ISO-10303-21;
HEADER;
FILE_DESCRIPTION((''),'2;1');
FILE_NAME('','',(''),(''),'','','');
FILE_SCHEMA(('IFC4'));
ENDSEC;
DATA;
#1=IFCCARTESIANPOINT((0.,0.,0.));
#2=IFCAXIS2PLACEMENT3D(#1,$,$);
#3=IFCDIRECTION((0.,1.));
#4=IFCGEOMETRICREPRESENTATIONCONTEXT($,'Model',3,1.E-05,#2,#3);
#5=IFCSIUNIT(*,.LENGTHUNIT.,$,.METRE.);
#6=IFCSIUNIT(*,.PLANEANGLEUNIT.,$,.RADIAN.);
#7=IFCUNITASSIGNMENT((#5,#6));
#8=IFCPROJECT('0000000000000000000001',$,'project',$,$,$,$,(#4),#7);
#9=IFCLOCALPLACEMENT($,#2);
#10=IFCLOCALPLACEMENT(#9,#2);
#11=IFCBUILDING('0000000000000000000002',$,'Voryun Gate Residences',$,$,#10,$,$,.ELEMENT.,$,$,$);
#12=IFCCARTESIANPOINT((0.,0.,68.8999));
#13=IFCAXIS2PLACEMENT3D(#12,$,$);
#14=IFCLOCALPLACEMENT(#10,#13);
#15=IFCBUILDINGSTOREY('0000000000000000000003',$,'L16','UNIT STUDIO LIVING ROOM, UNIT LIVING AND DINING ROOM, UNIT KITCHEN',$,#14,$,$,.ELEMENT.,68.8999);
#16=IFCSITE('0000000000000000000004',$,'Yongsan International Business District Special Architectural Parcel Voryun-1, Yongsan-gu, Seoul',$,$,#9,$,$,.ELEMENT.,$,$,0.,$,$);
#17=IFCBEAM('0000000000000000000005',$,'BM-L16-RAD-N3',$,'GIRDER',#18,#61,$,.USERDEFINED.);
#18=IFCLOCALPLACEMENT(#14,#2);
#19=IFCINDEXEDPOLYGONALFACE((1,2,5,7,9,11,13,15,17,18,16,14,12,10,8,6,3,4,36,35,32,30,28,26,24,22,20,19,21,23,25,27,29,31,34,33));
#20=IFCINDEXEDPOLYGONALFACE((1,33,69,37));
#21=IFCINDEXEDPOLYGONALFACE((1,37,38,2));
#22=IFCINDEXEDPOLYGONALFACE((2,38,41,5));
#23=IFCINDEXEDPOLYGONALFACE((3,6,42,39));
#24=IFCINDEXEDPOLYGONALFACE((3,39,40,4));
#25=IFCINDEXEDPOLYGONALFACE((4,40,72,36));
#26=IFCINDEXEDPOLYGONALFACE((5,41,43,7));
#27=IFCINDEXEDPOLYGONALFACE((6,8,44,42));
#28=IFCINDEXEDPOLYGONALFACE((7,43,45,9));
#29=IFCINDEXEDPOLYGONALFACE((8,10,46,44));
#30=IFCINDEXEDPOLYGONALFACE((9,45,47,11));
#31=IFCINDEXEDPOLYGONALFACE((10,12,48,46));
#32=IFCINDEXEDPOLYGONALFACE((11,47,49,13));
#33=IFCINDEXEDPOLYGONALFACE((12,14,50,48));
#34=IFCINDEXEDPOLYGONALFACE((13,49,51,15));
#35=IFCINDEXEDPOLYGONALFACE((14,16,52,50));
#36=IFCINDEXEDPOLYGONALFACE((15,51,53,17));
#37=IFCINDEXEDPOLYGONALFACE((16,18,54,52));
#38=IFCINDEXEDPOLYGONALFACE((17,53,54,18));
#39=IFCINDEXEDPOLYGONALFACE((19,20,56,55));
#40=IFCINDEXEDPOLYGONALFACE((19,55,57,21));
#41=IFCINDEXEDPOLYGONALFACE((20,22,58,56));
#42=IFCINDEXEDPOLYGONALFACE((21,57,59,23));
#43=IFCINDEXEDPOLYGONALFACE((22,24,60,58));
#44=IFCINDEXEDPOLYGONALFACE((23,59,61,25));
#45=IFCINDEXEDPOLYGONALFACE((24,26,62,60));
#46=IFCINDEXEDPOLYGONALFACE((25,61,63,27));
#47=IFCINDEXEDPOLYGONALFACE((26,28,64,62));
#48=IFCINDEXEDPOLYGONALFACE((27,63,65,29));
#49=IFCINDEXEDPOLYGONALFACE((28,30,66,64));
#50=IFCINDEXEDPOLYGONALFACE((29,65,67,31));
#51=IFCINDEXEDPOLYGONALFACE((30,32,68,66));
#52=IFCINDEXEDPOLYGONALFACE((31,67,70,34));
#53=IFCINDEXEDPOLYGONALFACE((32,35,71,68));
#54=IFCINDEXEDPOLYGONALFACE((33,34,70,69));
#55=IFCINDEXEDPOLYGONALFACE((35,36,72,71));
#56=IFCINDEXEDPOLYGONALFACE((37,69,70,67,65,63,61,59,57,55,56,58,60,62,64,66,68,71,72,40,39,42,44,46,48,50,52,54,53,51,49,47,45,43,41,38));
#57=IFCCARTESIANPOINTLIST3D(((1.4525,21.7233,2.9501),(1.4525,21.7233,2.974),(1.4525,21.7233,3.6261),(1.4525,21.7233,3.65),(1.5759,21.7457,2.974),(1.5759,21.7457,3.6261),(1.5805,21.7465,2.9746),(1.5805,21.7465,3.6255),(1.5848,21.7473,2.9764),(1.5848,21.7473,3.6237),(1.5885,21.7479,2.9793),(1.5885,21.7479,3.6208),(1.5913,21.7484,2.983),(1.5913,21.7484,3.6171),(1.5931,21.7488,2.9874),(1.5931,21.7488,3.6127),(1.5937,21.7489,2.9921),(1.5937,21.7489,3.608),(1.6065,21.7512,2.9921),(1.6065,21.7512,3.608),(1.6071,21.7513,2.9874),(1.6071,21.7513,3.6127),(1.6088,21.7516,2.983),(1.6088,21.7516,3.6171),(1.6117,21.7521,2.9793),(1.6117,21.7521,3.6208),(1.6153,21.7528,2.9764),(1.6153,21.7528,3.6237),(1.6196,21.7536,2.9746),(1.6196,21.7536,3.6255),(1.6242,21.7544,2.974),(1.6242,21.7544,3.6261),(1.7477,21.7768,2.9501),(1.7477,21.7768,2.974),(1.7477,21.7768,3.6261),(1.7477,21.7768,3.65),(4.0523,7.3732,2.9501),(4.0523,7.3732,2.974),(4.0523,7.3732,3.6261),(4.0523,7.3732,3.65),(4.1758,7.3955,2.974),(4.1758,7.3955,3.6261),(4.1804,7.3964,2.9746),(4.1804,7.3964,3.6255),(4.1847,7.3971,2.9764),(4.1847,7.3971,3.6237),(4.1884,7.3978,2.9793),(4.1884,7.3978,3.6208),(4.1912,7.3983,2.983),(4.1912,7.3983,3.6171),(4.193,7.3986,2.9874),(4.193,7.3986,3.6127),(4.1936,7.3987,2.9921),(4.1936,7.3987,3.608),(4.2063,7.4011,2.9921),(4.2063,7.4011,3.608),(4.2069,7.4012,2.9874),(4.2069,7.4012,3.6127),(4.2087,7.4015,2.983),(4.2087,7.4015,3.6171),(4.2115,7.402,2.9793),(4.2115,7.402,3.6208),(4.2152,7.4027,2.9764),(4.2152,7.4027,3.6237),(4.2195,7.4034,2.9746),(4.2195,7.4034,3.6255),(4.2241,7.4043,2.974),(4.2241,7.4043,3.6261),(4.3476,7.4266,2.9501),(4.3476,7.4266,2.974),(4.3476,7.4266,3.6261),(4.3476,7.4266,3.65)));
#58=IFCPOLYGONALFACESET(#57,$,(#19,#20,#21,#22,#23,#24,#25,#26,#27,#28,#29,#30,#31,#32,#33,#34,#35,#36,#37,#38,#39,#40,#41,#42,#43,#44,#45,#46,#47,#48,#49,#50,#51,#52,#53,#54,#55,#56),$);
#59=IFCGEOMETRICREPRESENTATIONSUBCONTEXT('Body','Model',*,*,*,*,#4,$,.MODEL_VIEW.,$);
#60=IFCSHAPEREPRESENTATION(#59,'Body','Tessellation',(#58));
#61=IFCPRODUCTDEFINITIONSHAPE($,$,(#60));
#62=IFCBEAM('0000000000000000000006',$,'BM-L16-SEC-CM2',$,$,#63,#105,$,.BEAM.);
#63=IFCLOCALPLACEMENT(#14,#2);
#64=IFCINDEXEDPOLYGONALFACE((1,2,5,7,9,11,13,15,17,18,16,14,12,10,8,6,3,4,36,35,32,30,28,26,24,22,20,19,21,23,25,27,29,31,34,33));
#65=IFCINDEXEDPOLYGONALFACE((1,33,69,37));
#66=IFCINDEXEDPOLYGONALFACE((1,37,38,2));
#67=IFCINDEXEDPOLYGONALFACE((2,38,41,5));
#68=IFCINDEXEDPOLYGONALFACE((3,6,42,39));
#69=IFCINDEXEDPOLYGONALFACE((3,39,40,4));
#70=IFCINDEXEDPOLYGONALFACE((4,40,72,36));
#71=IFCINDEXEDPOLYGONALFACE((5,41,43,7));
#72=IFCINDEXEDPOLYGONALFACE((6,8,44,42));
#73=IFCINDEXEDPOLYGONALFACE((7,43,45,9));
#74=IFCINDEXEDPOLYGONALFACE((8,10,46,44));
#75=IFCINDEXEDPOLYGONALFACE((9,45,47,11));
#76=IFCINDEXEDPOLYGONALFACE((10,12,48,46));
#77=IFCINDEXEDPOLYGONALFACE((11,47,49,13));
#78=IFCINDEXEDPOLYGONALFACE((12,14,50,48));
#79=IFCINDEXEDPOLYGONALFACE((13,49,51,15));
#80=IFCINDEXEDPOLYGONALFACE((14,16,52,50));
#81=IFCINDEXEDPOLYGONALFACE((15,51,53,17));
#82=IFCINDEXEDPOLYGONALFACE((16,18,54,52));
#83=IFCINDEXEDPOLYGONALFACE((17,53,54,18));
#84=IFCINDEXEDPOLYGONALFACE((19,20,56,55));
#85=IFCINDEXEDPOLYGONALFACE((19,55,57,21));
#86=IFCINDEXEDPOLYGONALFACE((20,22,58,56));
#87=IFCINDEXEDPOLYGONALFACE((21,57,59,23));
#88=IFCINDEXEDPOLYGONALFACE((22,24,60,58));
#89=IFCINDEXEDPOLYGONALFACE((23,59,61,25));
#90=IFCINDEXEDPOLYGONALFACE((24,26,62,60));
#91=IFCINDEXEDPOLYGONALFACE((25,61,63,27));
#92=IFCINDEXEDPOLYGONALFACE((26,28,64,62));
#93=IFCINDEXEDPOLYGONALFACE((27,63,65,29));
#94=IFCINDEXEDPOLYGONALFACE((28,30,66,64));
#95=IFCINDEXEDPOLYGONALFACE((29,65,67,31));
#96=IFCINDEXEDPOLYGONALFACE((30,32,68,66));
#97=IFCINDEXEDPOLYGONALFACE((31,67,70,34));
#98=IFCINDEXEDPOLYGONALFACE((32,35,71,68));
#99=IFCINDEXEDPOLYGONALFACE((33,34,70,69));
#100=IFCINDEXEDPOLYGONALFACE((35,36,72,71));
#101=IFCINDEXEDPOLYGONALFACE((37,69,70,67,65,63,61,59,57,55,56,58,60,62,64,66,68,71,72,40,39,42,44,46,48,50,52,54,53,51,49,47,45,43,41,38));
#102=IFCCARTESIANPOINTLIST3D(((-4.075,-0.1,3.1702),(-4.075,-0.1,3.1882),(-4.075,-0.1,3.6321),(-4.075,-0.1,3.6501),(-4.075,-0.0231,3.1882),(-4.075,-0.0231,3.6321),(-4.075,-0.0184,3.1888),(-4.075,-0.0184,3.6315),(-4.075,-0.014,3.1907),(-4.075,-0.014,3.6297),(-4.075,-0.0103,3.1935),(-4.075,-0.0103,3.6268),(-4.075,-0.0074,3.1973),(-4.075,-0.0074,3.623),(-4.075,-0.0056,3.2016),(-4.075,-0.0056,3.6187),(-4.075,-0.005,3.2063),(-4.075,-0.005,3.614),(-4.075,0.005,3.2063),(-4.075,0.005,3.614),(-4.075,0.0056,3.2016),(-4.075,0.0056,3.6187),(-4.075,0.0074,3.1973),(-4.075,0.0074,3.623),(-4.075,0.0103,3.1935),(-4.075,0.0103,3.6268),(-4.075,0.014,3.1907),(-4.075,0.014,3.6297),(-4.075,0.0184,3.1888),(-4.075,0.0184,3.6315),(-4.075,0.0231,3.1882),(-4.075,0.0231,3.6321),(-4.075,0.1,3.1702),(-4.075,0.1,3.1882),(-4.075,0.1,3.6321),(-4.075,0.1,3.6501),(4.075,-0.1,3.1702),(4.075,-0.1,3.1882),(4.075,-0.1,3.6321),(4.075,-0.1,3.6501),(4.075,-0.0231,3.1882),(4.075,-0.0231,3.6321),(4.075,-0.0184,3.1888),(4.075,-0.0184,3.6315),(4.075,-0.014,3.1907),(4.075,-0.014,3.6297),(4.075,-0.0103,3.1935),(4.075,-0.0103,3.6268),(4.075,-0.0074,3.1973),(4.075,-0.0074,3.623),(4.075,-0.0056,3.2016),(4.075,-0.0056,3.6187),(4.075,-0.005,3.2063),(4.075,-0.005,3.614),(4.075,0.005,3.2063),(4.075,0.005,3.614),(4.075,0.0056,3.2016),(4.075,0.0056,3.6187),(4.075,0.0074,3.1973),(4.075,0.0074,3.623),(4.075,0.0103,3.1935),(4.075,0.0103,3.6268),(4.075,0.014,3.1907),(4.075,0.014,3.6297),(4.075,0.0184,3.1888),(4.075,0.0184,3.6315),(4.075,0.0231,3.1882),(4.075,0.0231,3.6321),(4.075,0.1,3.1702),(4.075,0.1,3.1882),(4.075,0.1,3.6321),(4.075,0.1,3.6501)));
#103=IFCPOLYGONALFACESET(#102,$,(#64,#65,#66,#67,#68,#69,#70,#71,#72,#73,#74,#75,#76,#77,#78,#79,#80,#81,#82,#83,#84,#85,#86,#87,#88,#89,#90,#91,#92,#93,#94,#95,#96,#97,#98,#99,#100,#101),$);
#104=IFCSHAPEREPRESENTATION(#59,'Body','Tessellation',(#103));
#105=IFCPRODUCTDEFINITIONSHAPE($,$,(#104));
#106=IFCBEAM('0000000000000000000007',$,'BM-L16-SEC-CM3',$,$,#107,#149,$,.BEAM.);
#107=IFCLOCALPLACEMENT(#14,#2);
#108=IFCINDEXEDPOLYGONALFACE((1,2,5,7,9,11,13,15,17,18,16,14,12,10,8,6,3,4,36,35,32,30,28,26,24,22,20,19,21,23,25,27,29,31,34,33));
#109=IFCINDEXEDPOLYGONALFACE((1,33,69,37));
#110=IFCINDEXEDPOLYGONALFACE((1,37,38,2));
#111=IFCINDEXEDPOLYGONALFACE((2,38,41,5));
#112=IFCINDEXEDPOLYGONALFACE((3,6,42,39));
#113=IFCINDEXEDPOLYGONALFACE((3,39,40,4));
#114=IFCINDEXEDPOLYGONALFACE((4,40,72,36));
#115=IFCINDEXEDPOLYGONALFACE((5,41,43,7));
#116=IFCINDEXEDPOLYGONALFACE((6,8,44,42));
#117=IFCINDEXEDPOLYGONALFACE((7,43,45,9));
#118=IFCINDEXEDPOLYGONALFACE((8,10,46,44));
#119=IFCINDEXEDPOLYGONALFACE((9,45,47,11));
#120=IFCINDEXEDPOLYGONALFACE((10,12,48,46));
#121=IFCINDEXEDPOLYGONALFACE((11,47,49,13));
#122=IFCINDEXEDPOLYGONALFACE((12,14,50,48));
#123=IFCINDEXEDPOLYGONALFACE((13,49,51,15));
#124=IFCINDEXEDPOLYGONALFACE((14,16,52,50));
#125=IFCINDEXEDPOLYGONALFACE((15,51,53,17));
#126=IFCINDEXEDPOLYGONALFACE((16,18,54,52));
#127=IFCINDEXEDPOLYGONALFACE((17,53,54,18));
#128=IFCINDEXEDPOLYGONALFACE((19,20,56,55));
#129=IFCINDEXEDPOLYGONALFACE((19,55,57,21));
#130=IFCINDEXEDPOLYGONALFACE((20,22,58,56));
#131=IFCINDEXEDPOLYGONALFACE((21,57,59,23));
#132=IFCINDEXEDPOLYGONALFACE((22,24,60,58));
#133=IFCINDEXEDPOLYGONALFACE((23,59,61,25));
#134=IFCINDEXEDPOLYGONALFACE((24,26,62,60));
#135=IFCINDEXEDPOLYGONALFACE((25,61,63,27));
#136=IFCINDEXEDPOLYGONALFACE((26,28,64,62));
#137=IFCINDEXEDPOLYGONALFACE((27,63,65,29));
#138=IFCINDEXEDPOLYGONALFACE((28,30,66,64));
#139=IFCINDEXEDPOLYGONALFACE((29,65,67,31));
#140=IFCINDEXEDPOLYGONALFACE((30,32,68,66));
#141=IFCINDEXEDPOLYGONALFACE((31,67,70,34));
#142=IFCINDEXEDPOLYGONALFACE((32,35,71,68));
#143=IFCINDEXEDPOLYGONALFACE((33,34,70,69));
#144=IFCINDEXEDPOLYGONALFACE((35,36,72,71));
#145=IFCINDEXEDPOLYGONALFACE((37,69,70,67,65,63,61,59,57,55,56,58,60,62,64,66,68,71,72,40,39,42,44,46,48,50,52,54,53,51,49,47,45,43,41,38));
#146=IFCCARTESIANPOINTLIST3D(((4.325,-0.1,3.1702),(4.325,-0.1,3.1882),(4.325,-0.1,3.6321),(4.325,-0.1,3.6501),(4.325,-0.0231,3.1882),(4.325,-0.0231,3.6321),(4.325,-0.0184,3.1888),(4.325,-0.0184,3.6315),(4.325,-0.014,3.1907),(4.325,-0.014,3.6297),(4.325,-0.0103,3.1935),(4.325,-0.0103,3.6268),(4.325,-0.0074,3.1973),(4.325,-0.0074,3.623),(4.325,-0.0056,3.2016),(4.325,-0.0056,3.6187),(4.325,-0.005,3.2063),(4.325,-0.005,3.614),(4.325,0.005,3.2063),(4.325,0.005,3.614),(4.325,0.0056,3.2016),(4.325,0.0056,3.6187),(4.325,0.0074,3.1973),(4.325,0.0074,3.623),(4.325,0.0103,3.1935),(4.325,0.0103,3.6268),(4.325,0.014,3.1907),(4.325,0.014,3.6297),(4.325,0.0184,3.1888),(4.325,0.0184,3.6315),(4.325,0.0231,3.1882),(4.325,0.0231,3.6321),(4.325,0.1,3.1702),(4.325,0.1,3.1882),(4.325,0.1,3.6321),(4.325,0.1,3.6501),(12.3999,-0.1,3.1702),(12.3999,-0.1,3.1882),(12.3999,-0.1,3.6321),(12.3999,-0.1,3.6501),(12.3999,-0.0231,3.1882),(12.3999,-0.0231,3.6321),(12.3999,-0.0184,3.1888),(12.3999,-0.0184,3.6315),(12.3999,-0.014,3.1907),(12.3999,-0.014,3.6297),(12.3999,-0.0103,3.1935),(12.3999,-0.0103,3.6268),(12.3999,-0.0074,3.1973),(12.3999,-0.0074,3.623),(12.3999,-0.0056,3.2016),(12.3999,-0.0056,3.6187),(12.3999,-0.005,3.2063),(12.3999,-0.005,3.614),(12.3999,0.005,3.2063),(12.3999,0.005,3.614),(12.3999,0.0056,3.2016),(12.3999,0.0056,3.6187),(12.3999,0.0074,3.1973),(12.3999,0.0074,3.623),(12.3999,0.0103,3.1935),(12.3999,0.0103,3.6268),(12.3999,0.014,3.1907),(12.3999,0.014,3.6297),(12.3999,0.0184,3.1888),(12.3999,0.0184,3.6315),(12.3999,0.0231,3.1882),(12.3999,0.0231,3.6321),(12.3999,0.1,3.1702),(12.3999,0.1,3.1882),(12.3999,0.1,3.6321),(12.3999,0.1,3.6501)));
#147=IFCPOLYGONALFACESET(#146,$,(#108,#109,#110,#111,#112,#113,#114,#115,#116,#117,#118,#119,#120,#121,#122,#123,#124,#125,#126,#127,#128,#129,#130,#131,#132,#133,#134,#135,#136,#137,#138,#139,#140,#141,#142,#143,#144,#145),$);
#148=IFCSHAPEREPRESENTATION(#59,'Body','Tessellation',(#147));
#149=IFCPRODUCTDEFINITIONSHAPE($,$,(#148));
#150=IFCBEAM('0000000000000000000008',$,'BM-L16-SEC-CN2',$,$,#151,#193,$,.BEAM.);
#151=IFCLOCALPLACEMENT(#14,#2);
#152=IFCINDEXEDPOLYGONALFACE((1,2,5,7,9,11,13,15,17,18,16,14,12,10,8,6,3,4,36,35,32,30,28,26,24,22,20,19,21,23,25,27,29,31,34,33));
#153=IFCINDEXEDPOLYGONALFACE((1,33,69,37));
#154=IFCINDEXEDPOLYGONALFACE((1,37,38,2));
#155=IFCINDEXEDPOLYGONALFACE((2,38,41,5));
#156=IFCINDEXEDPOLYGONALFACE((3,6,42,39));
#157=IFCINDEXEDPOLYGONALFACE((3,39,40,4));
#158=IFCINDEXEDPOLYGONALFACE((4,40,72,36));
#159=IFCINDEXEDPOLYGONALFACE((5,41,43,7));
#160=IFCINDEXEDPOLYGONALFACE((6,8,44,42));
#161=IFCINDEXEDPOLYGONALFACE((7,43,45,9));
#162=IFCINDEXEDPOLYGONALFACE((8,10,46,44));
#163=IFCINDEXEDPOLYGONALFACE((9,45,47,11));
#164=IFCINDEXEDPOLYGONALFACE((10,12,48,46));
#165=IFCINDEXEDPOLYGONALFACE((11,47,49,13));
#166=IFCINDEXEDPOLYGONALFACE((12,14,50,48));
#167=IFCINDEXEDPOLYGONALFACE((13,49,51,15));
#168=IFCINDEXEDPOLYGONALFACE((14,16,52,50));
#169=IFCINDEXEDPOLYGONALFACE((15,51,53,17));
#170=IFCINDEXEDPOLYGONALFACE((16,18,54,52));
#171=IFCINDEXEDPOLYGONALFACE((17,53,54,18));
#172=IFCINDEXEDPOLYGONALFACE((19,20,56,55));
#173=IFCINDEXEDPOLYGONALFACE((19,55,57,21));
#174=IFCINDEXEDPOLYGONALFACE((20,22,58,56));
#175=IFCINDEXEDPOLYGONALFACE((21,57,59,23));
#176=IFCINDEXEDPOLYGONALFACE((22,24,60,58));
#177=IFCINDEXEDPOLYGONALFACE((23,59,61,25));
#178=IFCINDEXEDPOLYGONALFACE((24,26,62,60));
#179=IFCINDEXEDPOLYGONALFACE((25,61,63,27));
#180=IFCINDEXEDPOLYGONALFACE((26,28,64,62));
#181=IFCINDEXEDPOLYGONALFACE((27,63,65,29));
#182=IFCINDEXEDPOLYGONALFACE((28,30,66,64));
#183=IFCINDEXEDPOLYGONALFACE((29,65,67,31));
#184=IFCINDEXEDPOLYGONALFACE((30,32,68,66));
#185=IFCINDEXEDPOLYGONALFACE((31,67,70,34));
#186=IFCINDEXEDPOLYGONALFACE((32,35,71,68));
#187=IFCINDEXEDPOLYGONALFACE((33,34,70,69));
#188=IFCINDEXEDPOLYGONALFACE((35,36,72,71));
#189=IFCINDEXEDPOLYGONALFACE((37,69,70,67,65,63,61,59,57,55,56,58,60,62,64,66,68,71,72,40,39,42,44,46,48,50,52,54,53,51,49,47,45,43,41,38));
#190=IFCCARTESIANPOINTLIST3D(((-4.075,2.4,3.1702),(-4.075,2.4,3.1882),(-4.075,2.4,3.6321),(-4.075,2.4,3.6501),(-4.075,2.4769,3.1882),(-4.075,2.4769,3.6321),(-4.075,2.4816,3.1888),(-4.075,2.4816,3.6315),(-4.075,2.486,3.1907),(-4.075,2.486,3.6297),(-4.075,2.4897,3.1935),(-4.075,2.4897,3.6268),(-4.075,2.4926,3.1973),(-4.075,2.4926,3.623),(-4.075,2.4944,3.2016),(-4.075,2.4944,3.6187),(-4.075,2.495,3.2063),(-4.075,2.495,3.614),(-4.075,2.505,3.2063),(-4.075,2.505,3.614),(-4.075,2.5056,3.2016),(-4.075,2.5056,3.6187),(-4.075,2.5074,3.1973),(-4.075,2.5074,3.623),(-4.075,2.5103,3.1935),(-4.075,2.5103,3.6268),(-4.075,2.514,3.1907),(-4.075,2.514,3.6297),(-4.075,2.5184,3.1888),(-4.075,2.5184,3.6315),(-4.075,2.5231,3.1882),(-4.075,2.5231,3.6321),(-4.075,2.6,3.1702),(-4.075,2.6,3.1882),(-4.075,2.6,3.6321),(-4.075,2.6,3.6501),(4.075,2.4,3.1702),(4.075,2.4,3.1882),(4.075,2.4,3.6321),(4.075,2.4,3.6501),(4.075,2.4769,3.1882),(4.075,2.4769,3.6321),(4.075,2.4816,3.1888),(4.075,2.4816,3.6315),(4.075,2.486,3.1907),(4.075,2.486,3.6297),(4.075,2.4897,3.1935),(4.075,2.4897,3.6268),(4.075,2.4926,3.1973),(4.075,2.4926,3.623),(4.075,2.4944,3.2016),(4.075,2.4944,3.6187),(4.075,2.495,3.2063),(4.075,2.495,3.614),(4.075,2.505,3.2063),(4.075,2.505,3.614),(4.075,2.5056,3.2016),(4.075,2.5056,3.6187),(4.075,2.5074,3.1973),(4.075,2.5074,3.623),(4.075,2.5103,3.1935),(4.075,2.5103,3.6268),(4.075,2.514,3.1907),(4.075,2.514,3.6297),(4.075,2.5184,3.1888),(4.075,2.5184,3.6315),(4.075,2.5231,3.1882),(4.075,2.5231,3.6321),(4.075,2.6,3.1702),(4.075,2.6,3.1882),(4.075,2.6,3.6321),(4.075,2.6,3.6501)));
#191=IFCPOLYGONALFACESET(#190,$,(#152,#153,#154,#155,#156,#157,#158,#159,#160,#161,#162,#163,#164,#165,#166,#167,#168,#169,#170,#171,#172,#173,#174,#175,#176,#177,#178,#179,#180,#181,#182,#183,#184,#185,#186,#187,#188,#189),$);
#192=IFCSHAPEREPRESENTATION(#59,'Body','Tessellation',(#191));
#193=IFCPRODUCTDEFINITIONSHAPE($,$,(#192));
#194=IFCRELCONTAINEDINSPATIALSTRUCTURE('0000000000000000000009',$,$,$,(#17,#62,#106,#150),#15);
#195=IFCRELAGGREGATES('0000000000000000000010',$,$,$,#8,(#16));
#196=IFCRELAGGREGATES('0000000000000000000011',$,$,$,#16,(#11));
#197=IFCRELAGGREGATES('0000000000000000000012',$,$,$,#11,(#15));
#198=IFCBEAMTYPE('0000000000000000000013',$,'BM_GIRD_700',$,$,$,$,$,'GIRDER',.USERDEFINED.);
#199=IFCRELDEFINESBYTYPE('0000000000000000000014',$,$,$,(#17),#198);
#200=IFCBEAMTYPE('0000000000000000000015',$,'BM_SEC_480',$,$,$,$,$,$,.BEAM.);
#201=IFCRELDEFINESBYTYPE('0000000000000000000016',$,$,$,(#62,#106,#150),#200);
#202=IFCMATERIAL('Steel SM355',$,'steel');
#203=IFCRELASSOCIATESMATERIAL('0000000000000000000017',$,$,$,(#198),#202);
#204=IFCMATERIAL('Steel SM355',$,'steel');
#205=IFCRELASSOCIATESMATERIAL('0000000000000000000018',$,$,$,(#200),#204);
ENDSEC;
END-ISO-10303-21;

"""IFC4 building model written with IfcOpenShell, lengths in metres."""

from ifc_helpers import new_model, si_unit, direction, frame, origin, origin_2d, place, context, subcontext, project, spatial, i_section, extrude, material, material_profile, profile_set, type_object, element, save


model = new_model("IFC4")

# Units and contexts
model_context = context("Model", 3, precision=1e-05, world=origin(), true_north=direction((0.0, 1.0)))
body_context = subcontext(model_context, "Body", "Model", "MODEL_VIEW")
ifc_project = project(units=[si_unit("LENGTHUNIT", "METRE"), si_unit("PLANEANGLEUNIT", "RADIAN")], contexts=[model_context])

# Site, building, storey
site_placement = place(None, origin())
site = spatial("IfcSite", under=ifc_project, at=site_placement, Name="Yongsan International Business District Special Architectural Parcel Voryun-1, Yongsan-gu, Seoul", CompositionType="ELEMENT", RefElevation=0.0)
building_placement = place(site_placement, origin())
building = spatial("IfcBuilding", under=site, at=building_placement, Name="Voryun Gate Residences", CompositionType="ELEMENT")
storey_placement = place(building_placement, frame((0.0, 0.0, 68.8999)))
storey = spatial("IfcBuildingStorey", under=building, at=storey_placement, Name="L16", Description="UNIT STUDIO LIVING ROOM, UNIT LIVING AND DINING ROOM, UNIT KITCHEN", CompositionType="ELEMENT", Elevation=68.8999)

# Beams
ifc_material_1 = material(Name="Steel SM355", Category="steel")
ifc_material_profile_1 = material_profile(ifc_material_1, i_section(OverallWidth=0.3, OverallDepth=0.7, WebThickness=0.0129, FlangeThickness=0.0239, FilletRadius=0.0181, at=origin_2d()), Name="H-700x300x13x24")
ifc_profile_set_1 = profile_set([ifc_material_profile_1], Name="Steel SM355")
beam_type_1 = type_object("IfcBeamType", Name="BM_GIRD_700", ElementType="GIRDER", PredefinedType="USERDEFINED", material=ifc_profile_set_1)
beam_1_placement = place(storey_placement, frame((4.2, 7.3999, 3.3), z_axis=(-0.178271, 0.983981, 0.0), x_axis=(-0.983981, -0.178271, 0.0)))
element("IfcBeam", 1, at=beam_1_placement, inside=storey, type_object=beam_type_1, Name="BM-L16-RAD-N3", ObjectType="GIRDER", PredefinedType="USERDEFINED", context=body_context, shape_type="SweptSolid", body=[
    extrude(i_section(OverallWidth=0.3, OverallDepth=0.7, WebThickness=0.0129, FlangeThickness=0.0239, FilletRadius=0.0181, at=origin_2d()), origin(), (0.0, 0.0, 1.0), 14.5837),
])
ifc_material_2 = material(Name="Steel SM355", Category="steel")
ifc_material_profile_2 = material_profile(ifc_material_2, i_section(OverallWidth=0.2, OverallDepth=0.48, WebThickness=0.01, FlangeThickness=0.0181, FilletRadius=0.0181, at=origin_2d()), Name="H-480x200x10x18")
ifc_profile_set_2 = profile_set([ifc_material_profile_2], Name="Steel SM355")
beam_type_2 = type_object("IfcBeamType", Name="BM_SEC_480", PredefinedType="BEAM", material=ifc_profile_set_2)
beam_2_placement = place(storey_placement, frame((-4.075, 0.0, 3.4102), z_axis=(1.0, 0.0, 0.0), x_axis=(0.0, 1.0, 0.0)))
element("IfcBeam", 2, at=beam_2_placement, inside=storey, type_object=beam_type_2, Name="BM-L16-SEC-CM2", PredefinedType="BEAM", context=body_context, shape_type="SweptSolid", body=[
    extrude(i_section(OverallWidth=0.2, OverallDepth=0.48, WebThickness=0.01, FlangeThickness=0.0181, FilletRadius=0.0181, at=origin_2d()), origin(), (0.0, 0.0, 1.0), 8.1499),
])
beam_3_placement = place(storey_placement, frame((4.325, 0.0, 3.4102), z_axis=(1.0, 0.0, 0.0), x_axis=(0.0, 1.0, 0.0)))
element("IfcBeam", 3, at=beam_3_placement, inside=storey, type_object=beam_type_2, Name="BM-L16-SEC-CM3", PredefinedType="BEAM", context=body_context, shape_type="SweptSolid", body=[
    extrude(i_section(OverallWidth=0.2, OverallDepth=0.48, WebThickness=0.01, FlangeThickness=0.0181, FilletRadius=0.0181, at=origin_2d()), origin(), (0.0, 0.0, 1.0), 8.075),
])
beam_4_placement = place(storey_placement, frame((-4.075, 2.5, 3.4102), z_axis=(1.0, 0.0, 0.0), x_axis=(0.0, 1.0, 0.0)))
element("IfcBeam", 4, at=beam_4_placement, inside=storey, type_object=beam_type_2, Name="BM-L16-SEC-CN2", PredefinedType="BEAM", context=body_context, shape_type="SweptSolid", body=[
    extrude(i_section(OverallWidth=0.2, OverallDepth=0.48, WebThickness=0.01, FlangeThickness=0.0181, FilletRadius=0.0181, at=origin_2d()), origin(), (0.0, 0.0, 1.0), 8.1499),
])

save(model, "model.ifc")
